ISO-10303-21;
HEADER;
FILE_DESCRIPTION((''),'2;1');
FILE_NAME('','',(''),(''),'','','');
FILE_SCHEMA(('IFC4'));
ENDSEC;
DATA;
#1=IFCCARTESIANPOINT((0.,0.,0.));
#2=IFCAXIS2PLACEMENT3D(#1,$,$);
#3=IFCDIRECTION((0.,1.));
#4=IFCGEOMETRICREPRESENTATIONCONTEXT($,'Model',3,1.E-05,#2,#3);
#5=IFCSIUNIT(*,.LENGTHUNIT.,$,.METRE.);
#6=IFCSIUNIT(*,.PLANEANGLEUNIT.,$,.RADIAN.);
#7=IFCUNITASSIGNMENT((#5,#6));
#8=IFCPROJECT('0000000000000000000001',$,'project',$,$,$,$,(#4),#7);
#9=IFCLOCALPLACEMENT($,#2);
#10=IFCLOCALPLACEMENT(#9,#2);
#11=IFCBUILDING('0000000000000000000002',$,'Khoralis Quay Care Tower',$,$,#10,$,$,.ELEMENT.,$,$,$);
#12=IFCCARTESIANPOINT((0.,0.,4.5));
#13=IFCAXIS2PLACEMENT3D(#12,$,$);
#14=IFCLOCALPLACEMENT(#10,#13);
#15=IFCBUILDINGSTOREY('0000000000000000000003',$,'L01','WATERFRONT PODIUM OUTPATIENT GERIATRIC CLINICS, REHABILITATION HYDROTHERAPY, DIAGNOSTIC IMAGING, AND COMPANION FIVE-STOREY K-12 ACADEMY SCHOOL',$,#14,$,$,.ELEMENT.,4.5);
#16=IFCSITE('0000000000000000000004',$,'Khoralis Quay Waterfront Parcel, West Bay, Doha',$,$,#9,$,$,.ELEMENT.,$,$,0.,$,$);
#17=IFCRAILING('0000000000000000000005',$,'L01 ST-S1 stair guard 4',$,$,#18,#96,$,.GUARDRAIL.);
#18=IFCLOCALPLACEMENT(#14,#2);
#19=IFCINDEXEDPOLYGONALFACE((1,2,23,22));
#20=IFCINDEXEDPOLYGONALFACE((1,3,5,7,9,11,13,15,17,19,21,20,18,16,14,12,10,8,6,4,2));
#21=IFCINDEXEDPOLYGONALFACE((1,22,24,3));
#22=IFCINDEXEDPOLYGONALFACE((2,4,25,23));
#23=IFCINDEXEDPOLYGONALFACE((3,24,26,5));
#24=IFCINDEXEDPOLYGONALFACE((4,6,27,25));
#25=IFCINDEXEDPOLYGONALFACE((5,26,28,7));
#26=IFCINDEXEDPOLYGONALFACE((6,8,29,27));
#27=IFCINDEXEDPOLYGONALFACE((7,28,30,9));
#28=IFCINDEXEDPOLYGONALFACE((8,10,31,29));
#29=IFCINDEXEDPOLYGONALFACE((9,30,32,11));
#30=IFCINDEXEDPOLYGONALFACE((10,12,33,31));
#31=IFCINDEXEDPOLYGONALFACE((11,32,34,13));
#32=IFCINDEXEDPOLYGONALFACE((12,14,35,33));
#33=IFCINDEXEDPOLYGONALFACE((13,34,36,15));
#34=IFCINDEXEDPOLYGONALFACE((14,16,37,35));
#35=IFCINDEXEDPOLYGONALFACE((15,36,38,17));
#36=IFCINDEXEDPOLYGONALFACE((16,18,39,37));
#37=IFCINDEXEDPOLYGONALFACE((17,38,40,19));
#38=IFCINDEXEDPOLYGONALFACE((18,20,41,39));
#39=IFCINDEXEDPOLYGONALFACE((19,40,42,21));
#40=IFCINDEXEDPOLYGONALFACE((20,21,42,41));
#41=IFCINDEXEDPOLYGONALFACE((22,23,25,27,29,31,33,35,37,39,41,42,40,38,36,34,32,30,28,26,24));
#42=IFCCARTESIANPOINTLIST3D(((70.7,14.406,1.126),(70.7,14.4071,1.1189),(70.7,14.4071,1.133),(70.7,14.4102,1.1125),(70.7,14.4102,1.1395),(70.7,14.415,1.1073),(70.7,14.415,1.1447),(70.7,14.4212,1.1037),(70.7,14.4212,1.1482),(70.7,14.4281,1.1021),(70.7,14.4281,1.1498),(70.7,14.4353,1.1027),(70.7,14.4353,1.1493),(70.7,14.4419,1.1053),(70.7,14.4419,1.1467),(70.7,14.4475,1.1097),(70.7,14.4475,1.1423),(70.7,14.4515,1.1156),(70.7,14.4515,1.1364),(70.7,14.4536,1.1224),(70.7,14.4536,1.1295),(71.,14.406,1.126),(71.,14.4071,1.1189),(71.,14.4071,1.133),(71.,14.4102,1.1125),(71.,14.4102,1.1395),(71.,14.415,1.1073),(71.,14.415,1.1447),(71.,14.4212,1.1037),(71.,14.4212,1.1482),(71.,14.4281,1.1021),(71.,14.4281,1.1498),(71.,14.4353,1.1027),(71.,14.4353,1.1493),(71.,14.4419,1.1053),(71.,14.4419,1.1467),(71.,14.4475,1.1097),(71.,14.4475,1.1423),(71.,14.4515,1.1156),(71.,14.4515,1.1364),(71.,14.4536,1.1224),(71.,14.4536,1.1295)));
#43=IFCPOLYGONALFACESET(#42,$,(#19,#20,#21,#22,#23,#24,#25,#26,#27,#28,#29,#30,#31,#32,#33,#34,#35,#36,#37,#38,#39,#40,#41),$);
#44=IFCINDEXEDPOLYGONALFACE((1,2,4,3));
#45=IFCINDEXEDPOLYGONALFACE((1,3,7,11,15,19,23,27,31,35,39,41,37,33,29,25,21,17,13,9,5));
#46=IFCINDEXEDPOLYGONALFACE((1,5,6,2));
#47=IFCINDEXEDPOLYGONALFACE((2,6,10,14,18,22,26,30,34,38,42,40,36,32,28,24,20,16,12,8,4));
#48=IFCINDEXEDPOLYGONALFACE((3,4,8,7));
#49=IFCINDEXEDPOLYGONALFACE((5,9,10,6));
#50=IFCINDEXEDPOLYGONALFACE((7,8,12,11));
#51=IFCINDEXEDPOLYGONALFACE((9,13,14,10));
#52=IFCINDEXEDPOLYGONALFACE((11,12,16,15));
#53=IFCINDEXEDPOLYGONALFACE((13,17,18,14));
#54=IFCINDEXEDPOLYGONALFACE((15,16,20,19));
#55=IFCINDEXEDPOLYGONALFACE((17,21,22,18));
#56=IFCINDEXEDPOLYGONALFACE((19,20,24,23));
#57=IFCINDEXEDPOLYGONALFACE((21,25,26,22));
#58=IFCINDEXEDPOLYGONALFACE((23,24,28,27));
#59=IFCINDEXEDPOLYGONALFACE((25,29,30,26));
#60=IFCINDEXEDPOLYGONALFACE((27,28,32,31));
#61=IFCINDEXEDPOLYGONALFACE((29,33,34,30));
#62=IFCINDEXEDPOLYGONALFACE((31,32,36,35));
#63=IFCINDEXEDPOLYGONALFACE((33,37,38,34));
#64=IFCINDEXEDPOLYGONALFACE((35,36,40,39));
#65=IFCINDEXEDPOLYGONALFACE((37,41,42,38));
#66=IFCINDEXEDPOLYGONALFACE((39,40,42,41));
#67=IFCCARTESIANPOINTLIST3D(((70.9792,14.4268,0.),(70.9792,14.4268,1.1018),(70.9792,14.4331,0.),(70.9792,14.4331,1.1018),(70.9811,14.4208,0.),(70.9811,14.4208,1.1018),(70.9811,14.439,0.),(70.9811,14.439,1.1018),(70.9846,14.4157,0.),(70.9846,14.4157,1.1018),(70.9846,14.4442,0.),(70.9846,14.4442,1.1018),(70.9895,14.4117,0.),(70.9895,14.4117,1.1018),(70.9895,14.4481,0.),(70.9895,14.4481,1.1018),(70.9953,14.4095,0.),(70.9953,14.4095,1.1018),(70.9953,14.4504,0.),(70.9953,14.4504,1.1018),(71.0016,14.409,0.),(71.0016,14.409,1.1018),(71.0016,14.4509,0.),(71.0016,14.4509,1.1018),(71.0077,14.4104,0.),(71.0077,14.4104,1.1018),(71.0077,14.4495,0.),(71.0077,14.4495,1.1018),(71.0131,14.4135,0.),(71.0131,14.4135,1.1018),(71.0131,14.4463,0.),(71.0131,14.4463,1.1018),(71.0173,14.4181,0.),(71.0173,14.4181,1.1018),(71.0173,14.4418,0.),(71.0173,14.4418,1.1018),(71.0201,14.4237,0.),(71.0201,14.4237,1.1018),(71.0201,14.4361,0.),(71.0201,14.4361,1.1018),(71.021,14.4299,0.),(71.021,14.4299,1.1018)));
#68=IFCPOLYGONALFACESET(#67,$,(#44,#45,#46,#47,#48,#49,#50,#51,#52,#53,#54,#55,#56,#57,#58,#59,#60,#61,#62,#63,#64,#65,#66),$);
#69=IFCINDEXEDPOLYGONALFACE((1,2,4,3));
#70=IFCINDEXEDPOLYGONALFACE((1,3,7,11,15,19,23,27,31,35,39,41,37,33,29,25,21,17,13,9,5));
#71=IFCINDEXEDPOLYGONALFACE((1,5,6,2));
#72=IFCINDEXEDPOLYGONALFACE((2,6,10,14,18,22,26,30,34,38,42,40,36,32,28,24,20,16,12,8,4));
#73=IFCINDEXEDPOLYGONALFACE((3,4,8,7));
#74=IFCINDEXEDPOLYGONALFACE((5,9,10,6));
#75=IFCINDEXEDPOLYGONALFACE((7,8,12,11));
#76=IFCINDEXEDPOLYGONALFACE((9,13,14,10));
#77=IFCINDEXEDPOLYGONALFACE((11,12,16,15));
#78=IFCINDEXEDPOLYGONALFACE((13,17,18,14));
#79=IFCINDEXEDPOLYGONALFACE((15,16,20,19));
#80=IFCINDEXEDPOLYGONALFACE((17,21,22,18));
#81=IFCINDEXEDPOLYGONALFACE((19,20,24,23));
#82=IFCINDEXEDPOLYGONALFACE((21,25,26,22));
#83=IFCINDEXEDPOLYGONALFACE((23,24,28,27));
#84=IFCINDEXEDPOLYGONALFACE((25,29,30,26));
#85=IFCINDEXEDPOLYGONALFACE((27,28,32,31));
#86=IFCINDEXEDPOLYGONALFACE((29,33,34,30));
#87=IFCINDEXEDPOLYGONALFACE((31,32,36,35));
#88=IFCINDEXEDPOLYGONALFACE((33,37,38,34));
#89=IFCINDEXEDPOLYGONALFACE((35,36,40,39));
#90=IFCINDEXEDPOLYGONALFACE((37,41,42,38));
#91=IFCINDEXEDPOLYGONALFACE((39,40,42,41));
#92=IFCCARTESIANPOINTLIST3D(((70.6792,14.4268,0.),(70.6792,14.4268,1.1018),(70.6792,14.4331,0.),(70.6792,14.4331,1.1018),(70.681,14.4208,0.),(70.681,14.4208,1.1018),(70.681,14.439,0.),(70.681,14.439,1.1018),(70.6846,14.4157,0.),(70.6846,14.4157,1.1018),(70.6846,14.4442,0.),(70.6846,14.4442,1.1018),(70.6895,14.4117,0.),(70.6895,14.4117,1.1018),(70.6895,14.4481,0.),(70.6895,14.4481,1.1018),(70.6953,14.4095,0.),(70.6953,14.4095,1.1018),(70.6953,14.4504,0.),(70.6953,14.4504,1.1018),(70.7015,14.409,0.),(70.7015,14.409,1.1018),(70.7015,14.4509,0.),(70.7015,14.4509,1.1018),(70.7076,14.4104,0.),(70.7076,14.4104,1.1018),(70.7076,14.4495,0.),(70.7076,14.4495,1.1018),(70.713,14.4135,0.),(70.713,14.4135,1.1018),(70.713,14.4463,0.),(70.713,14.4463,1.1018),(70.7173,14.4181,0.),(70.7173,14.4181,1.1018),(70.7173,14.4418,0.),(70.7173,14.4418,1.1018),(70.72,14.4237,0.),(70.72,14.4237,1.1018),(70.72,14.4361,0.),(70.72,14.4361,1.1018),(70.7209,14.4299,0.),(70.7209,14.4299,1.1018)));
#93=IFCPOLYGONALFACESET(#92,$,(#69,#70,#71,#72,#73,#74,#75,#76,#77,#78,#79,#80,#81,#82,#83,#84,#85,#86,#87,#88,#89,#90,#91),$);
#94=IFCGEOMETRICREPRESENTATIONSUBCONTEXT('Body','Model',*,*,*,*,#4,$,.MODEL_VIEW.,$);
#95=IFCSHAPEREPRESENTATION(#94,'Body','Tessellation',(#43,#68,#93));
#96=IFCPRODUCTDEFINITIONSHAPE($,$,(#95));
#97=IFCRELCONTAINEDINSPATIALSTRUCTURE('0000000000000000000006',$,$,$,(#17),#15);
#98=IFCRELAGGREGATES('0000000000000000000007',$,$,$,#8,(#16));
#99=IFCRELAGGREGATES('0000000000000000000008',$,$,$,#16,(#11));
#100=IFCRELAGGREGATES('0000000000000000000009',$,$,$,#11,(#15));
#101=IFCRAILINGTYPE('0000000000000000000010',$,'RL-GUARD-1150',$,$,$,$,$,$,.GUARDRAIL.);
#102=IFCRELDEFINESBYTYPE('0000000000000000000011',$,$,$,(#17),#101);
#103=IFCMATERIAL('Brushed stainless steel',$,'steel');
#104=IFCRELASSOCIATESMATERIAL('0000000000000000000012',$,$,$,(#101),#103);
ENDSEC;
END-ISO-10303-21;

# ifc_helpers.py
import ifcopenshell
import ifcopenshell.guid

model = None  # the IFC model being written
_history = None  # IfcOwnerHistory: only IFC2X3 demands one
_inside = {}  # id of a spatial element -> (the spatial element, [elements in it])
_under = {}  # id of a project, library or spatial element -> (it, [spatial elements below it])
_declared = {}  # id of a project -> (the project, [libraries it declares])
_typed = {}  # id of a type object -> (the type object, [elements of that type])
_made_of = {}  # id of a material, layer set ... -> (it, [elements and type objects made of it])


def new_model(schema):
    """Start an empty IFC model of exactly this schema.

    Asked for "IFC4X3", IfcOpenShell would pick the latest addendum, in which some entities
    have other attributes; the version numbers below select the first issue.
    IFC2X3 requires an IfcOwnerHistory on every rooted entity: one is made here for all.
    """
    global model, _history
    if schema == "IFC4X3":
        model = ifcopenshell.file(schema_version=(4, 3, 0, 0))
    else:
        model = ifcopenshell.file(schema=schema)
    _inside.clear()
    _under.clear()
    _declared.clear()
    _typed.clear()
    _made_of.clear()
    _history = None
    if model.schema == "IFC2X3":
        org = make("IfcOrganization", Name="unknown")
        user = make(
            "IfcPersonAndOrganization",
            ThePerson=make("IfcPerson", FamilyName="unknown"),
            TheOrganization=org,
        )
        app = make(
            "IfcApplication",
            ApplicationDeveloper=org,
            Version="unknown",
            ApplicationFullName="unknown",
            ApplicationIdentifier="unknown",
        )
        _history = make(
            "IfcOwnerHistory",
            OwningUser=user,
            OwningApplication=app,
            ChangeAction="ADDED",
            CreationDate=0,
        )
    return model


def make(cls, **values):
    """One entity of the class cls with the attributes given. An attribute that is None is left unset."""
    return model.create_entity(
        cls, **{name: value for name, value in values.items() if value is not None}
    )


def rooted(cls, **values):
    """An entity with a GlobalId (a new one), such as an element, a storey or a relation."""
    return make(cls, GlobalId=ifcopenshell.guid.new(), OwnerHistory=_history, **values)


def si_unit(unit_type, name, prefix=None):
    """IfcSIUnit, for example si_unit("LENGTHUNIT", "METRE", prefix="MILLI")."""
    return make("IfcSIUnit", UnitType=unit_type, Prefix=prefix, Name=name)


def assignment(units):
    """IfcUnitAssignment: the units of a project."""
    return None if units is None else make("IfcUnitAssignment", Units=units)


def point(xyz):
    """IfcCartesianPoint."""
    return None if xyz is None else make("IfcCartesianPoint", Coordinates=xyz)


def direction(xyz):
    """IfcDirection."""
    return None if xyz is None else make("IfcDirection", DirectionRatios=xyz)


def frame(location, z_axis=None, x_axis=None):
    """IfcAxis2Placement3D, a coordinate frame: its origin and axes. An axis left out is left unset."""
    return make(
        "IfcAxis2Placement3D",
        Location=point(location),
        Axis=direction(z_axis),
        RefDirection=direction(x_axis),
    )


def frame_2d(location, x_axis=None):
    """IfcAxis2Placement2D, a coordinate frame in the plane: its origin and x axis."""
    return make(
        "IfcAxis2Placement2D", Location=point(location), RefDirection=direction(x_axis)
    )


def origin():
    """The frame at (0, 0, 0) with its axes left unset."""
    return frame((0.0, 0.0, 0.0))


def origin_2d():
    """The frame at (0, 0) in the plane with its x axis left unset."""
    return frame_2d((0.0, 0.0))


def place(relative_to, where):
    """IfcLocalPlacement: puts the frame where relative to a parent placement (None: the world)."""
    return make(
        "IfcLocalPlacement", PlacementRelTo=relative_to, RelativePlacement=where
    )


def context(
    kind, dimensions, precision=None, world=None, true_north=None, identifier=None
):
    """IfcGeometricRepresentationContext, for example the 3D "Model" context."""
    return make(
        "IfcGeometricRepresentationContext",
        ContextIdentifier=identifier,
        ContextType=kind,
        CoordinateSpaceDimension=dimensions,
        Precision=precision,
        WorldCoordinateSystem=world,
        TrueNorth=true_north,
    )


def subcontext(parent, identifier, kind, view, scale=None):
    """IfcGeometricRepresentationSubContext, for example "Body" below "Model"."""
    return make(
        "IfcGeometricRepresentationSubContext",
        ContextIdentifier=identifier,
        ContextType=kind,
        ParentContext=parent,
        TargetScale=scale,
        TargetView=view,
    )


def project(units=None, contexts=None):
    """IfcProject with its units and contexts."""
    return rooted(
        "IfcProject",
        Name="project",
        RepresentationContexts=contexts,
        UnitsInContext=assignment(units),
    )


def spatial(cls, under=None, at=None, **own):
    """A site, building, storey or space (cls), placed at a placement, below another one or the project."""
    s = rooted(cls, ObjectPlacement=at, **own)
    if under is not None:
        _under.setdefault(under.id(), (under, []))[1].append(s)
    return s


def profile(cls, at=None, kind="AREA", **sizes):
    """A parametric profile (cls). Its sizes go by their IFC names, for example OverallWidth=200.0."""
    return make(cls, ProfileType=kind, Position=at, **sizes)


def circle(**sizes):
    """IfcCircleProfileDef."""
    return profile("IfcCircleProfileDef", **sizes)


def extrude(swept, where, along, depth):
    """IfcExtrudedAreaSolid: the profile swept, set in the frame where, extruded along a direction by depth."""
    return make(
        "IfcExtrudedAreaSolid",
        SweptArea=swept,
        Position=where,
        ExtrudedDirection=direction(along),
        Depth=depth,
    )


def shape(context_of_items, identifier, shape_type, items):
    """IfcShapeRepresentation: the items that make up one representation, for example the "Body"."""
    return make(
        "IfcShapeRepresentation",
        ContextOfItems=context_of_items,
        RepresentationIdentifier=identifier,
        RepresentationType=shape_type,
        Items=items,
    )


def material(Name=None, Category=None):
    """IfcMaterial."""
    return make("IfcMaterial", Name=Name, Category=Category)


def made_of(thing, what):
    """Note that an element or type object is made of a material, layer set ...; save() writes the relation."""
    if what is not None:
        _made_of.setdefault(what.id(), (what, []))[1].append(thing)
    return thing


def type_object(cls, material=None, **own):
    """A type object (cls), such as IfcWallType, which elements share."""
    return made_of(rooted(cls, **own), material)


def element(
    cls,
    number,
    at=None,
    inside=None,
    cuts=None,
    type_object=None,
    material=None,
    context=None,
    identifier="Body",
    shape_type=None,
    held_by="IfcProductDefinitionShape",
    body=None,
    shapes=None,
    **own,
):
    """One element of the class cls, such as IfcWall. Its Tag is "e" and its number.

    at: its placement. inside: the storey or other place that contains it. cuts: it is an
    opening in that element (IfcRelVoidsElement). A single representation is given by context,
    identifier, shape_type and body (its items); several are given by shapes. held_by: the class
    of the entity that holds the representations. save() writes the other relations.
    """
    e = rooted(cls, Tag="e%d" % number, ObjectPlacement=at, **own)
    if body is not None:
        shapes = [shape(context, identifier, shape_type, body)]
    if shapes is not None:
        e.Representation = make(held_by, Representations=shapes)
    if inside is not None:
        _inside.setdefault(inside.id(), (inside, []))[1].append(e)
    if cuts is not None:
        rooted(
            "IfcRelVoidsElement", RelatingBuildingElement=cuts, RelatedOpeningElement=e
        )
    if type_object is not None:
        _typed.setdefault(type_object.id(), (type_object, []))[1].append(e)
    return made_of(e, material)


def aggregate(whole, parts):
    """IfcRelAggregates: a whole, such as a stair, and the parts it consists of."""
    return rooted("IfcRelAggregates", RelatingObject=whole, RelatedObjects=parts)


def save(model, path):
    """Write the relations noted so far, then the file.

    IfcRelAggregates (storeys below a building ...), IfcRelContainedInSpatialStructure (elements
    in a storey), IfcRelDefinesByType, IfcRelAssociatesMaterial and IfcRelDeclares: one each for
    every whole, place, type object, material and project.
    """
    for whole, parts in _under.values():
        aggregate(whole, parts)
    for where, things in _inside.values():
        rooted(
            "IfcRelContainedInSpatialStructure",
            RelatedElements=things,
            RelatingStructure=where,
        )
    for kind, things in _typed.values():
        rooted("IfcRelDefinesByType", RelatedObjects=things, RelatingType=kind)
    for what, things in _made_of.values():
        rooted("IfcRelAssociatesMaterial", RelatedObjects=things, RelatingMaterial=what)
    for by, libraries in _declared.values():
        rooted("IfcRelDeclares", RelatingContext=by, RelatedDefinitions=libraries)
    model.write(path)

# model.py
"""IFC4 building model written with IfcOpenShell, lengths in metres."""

from ifc_helpers import new_model, si_unit, direction, frame, origin, origin_2d, place, context, subcontext, project, spatial, circle, extrude, material, type_object, element, save


model = new_model("IFC4")

# Units and contexts
model_context = context("Model", 3, precision=1e-05, world=origin(), true_north=direction((0.0, 1.0)))
body_context = subcontext(model_context, "Body", "Model", "MODEL_VIEW")
ifc_project = project(units=[si_unit("LENGTHUNIT", "METRE"), si_unit("PLANEANGLEUNIT", "RADIAN")], contexts=[model_context])

# Site, building, storey
site_placement = place(None, origin())
site = spatial("IfcSite", under=ifc_project, at=site_placement, Name="Khoralis Quay Waterfront Parcel, West Bay, Doha", CompositionType="ELEMENT", RefElevation=0.0)
building_placement = place(site_placement, origin())
building = spatial("IfcBuilding", under=site, at=building_placement, Name="Khoralis Quay Care Tower", CompositionType="ELEMENT")
storey_placement = place(building_placement, frame((0.0, 0.0, 4.5)))
storey = spatial("IfcBuildingStorey", under=building, at=storey_placement, Name="L01", Description="WATERFRONT PODIUM OUTPATIENT GERIATRIC CLINICS, REHABILITATION HYDROTHERAPY, DIAGNOSTIC IMAGING, AND COMPANION FIVE-STOREY K-12 ACADEMY SCHOOL", CompositionType="ELEMENT", Elevation=4.5)

# Railing
ifc_material_1 = material(Name="Brushed stainless steel", Category="steel")
railing_type_1 = type_object("IfcRailingType", Name="RL-GUARD-1150", PredefinedType="GUARDRAIL", material=ifc_material_1)
railing_1_placement = place(storey_placement, frame((71.0, 14.4299, 0.0)))
element("IfcRailing", 1, at=railing_1_placement, inside=storey, type_object=railing_type_1, Name="L01 ST-S1 stair guard 4", PredefinedType="GUARDRAIL", context=body_context, shape_type="SweptSolid", body=[
    extrude(circle(Radius=0.0239, at=origin_2d()), frame((0.0, 0.0, 1.126), z_axis=(-1.0, 0.0, 0.0), x_axis=(0.0, -1.0, 0.0)), (0.0, 0.0, 1.0), 0.3),
    extrude(circle(Radius=0.021, at=origin_2d()), origin(), (0.0, 0.0, 1.0), 1.1018),
    extrude(circle(Radius=0.021, at=origin_2d()), frame((-0.3, 0.0, 0.0)), (0.0, 0.0, 1.0), 1.1018),
])

save(model, "model.ifc")
